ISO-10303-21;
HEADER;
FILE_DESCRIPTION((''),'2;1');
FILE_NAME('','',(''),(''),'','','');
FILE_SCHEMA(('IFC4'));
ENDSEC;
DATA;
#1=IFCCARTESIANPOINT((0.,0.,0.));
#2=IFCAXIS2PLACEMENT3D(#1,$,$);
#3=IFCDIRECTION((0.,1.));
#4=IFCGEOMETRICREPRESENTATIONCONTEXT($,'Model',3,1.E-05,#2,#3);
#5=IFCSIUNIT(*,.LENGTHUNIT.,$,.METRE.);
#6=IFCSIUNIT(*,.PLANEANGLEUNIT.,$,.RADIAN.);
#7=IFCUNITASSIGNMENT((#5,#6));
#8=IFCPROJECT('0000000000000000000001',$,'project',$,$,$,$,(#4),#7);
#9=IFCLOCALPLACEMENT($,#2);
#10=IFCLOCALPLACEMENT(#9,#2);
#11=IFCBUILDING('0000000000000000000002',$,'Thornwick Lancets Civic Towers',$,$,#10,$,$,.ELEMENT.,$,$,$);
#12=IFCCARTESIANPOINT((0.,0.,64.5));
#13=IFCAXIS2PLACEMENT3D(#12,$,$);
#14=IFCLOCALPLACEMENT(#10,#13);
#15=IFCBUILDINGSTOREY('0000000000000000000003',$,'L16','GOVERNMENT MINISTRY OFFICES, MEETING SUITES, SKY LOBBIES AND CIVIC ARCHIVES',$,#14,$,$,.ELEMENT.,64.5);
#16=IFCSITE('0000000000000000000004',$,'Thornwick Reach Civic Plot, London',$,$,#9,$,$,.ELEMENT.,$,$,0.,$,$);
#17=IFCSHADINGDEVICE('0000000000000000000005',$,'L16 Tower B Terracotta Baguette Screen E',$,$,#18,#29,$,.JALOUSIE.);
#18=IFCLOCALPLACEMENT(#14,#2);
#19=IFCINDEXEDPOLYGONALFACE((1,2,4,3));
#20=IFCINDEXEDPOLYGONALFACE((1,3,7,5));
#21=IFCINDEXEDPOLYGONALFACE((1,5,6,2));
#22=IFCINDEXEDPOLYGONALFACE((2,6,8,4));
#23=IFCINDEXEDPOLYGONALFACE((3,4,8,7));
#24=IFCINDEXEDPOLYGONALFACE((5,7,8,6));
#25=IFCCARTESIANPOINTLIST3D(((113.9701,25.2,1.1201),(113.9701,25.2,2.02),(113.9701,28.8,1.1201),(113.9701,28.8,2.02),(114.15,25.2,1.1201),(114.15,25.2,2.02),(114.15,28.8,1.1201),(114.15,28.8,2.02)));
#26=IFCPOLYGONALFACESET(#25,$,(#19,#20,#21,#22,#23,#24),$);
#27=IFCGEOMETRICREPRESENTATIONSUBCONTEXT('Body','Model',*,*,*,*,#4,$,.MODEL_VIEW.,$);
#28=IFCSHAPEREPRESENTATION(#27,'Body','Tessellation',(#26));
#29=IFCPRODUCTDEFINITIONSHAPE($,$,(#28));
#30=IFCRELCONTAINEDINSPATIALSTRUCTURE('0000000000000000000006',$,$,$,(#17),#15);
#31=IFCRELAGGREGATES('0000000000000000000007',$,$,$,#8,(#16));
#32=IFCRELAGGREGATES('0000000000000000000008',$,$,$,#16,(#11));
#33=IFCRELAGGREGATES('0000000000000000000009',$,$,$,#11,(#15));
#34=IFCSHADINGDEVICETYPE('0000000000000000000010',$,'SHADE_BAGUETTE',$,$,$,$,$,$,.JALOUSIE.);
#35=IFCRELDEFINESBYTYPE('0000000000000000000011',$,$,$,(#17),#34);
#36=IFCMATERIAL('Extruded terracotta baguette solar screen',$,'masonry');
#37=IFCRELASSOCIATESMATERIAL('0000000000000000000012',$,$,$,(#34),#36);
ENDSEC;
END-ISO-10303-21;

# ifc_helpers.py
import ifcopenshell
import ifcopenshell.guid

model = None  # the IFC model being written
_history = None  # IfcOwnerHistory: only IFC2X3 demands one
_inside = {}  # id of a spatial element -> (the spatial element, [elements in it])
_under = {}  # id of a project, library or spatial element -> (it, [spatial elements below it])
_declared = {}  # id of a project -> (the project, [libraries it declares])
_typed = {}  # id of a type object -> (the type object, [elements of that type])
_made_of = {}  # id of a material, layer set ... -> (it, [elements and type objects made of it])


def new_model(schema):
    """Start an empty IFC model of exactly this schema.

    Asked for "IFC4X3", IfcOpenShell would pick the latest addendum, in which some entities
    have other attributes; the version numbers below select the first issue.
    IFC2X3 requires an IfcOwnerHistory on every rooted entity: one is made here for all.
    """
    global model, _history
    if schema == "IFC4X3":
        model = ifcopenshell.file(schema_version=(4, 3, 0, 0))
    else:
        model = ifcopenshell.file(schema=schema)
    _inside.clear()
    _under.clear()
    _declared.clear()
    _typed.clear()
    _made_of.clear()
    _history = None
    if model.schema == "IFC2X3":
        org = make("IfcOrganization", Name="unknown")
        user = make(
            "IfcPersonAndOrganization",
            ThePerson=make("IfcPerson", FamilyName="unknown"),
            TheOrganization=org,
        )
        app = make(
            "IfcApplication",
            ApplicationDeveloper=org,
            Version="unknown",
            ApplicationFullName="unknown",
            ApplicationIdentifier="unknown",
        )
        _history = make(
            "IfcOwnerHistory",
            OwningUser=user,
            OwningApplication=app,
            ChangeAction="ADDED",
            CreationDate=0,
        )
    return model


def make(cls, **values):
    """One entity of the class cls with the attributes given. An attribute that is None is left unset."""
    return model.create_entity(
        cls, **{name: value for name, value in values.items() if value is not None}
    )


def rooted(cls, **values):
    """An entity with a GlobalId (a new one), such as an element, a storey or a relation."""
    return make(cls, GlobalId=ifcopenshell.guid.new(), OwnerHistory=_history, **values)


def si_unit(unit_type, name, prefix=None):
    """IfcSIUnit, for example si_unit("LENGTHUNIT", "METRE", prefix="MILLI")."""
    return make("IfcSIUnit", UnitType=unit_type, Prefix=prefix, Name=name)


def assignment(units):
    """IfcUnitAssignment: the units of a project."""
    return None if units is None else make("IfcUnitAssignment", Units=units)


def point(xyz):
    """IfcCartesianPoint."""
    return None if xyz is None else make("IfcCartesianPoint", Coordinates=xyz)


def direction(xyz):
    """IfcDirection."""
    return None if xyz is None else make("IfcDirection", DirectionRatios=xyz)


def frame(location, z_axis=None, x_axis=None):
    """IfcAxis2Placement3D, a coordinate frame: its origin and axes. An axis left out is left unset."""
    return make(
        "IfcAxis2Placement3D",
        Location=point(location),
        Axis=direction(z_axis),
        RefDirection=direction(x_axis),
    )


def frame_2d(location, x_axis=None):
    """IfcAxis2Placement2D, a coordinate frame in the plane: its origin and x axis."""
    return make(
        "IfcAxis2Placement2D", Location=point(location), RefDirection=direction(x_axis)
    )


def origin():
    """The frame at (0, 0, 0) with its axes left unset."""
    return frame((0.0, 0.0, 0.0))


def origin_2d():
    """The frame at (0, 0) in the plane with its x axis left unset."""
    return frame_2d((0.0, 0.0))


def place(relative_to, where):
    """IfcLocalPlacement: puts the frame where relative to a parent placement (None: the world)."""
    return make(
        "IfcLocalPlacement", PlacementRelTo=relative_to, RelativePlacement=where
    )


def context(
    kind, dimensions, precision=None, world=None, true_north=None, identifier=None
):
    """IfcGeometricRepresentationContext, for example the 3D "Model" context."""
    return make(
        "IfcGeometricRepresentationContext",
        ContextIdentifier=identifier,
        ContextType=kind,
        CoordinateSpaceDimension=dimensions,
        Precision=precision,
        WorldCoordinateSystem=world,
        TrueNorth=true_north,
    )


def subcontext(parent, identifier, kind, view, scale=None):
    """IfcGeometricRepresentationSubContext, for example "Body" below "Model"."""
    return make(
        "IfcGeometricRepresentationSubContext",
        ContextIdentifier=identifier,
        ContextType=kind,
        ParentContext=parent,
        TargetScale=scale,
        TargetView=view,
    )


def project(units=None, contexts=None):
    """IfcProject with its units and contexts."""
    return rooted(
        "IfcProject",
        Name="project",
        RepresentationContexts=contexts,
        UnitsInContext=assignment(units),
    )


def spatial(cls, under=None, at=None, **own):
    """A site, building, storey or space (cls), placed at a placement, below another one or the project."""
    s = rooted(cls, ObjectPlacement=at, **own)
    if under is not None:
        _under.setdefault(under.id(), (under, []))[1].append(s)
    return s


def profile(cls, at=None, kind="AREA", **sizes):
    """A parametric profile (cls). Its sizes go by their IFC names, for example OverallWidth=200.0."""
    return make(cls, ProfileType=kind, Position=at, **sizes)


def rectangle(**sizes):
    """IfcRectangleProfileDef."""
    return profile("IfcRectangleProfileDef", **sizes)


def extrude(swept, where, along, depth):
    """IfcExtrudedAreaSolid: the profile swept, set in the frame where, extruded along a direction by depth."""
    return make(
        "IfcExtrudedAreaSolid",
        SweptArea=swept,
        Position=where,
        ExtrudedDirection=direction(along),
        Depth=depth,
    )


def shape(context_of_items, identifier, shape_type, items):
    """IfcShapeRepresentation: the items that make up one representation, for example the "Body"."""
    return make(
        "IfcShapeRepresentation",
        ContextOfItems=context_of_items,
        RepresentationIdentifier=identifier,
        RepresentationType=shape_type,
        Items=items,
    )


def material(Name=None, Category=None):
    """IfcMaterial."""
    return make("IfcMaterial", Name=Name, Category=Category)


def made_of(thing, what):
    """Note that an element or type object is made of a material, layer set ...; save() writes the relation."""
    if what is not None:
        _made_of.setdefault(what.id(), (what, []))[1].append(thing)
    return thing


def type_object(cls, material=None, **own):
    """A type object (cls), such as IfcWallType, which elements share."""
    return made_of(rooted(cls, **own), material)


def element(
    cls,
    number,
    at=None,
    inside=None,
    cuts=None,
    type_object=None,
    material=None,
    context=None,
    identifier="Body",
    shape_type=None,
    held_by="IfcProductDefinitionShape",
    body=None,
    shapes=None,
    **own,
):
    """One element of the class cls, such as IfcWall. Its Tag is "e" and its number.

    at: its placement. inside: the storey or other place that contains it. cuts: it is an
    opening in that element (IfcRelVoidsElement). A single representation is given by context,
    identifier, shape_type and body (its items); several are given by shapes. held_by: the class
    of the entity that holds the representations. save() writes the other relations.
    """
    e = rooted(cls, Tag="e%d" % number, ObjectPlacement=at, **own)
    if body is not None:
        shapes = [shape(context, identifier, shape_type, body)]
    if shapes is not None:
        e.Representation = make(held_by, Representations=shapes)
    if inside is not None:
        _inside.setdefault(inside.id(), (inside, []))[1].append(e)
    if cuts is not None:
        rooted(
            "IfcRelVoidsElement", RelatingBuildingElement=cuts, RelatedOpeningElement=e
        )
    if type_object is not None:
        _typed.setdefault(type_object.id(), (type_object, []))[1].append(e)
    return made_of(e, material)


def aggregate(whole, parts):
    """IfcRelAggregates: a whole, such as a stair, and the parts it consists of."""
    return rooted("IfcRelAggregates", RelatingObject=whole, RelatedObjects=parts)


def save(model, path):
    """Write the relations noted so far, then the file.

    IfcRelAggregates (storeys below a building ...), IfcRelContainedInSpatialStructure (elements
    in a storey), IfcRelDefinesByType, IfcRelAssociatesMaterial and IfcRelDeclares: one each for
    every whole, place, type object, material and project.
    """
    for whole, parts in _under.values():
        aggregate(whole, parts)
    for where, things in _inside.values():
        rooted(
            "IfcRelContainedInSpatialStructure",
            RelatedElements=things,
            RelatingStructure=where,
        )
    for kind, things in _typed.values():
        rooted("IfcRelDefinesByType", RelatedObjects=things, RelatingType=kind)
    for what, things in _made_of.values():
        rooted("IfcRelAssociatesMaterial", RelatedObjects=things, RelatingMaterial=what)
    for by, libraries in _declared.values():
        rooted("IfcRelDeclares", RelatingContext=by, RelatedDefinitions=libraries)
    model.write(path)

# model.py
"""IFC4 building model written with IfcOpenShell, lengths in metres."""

from ifc_helpers import new_model, si_unit, direction, frame, origin, origin_2d, place, context, subcontext, project, spatial, rectangle, extrude, material, type_object, element, save


model = new_model("IFC4")

# Units and contexts
model_context = context("Model", 3, precision=1e-05, world=origin(), true_north=direction((0.0, 1.0)))
body_context = subcontext(model_context, "Body", "Model", "MODEL_VIEW")
ifc_project = project(units=[si_unit("LENGTHUNIT", "METRE"), si_unit("PLANEANGLEUNIT", "RADIAN")], contexts=[model_context])

# Site, building, storey
site_placement = place(None, origin())
site = spatial("IfcSite", under=ifc_project, at=site_placement, Name="Thornwick Reach Civic Plot, London", CompositionType="ELEMENT", RefElevation=0.0)
building_placement = place(site_placement, origin())
building = spatial("IfcBuilding", under=site, at=building_placement, Name="Thornwick Lancets Civic Towers", CompositionType="ELEMENT")
storey_placement = place(building_placement, frame((0.0, 0.0, 64.5)))
storey = spatial("IfcBuildingStorey", under=building, at=storey_placement, Name="L16", Description="GOVERNMENT MINISTRY OFFICES, MEETING SUITES, SKY LOBBIES AND CIVIC ARCHIVES", CompositionType="ELEMENT", Elevation=64.5)

# Shading device
ifc_material_1 = material(Name="Extruded terracotta baguette solar screen", Category="masonry")
shading_device_type = type_object("IfcShadingDeviceType", Name="SHADE_BAGUETTE", PredefinedType="JALOUSIE", material=ifc_material_1)
shading_device_placement = place(storey_placement, frame((114.0601, 27.0, 1.1201), z_axis=(0.0, 0.0, 1.0), x_axis=(0.0, 1.0, 0.0)))
element("IfcShadingDevice", 1, at=shading_device_placement, inside=storey, type_object=shading_device_type, Name="L16 Tower B Terracotta Baguette Screen E", PredefinedType="JALOUSIE", context=body_context, shape_type="SweptSolid", body=[
    extrude(rectangle(XDim=3.6001, YDim=0.1799, at=origin_2d()), origin(), (0.0, 0.0, 1.0), 0.8999),
])

save(model, "model.ifc")
